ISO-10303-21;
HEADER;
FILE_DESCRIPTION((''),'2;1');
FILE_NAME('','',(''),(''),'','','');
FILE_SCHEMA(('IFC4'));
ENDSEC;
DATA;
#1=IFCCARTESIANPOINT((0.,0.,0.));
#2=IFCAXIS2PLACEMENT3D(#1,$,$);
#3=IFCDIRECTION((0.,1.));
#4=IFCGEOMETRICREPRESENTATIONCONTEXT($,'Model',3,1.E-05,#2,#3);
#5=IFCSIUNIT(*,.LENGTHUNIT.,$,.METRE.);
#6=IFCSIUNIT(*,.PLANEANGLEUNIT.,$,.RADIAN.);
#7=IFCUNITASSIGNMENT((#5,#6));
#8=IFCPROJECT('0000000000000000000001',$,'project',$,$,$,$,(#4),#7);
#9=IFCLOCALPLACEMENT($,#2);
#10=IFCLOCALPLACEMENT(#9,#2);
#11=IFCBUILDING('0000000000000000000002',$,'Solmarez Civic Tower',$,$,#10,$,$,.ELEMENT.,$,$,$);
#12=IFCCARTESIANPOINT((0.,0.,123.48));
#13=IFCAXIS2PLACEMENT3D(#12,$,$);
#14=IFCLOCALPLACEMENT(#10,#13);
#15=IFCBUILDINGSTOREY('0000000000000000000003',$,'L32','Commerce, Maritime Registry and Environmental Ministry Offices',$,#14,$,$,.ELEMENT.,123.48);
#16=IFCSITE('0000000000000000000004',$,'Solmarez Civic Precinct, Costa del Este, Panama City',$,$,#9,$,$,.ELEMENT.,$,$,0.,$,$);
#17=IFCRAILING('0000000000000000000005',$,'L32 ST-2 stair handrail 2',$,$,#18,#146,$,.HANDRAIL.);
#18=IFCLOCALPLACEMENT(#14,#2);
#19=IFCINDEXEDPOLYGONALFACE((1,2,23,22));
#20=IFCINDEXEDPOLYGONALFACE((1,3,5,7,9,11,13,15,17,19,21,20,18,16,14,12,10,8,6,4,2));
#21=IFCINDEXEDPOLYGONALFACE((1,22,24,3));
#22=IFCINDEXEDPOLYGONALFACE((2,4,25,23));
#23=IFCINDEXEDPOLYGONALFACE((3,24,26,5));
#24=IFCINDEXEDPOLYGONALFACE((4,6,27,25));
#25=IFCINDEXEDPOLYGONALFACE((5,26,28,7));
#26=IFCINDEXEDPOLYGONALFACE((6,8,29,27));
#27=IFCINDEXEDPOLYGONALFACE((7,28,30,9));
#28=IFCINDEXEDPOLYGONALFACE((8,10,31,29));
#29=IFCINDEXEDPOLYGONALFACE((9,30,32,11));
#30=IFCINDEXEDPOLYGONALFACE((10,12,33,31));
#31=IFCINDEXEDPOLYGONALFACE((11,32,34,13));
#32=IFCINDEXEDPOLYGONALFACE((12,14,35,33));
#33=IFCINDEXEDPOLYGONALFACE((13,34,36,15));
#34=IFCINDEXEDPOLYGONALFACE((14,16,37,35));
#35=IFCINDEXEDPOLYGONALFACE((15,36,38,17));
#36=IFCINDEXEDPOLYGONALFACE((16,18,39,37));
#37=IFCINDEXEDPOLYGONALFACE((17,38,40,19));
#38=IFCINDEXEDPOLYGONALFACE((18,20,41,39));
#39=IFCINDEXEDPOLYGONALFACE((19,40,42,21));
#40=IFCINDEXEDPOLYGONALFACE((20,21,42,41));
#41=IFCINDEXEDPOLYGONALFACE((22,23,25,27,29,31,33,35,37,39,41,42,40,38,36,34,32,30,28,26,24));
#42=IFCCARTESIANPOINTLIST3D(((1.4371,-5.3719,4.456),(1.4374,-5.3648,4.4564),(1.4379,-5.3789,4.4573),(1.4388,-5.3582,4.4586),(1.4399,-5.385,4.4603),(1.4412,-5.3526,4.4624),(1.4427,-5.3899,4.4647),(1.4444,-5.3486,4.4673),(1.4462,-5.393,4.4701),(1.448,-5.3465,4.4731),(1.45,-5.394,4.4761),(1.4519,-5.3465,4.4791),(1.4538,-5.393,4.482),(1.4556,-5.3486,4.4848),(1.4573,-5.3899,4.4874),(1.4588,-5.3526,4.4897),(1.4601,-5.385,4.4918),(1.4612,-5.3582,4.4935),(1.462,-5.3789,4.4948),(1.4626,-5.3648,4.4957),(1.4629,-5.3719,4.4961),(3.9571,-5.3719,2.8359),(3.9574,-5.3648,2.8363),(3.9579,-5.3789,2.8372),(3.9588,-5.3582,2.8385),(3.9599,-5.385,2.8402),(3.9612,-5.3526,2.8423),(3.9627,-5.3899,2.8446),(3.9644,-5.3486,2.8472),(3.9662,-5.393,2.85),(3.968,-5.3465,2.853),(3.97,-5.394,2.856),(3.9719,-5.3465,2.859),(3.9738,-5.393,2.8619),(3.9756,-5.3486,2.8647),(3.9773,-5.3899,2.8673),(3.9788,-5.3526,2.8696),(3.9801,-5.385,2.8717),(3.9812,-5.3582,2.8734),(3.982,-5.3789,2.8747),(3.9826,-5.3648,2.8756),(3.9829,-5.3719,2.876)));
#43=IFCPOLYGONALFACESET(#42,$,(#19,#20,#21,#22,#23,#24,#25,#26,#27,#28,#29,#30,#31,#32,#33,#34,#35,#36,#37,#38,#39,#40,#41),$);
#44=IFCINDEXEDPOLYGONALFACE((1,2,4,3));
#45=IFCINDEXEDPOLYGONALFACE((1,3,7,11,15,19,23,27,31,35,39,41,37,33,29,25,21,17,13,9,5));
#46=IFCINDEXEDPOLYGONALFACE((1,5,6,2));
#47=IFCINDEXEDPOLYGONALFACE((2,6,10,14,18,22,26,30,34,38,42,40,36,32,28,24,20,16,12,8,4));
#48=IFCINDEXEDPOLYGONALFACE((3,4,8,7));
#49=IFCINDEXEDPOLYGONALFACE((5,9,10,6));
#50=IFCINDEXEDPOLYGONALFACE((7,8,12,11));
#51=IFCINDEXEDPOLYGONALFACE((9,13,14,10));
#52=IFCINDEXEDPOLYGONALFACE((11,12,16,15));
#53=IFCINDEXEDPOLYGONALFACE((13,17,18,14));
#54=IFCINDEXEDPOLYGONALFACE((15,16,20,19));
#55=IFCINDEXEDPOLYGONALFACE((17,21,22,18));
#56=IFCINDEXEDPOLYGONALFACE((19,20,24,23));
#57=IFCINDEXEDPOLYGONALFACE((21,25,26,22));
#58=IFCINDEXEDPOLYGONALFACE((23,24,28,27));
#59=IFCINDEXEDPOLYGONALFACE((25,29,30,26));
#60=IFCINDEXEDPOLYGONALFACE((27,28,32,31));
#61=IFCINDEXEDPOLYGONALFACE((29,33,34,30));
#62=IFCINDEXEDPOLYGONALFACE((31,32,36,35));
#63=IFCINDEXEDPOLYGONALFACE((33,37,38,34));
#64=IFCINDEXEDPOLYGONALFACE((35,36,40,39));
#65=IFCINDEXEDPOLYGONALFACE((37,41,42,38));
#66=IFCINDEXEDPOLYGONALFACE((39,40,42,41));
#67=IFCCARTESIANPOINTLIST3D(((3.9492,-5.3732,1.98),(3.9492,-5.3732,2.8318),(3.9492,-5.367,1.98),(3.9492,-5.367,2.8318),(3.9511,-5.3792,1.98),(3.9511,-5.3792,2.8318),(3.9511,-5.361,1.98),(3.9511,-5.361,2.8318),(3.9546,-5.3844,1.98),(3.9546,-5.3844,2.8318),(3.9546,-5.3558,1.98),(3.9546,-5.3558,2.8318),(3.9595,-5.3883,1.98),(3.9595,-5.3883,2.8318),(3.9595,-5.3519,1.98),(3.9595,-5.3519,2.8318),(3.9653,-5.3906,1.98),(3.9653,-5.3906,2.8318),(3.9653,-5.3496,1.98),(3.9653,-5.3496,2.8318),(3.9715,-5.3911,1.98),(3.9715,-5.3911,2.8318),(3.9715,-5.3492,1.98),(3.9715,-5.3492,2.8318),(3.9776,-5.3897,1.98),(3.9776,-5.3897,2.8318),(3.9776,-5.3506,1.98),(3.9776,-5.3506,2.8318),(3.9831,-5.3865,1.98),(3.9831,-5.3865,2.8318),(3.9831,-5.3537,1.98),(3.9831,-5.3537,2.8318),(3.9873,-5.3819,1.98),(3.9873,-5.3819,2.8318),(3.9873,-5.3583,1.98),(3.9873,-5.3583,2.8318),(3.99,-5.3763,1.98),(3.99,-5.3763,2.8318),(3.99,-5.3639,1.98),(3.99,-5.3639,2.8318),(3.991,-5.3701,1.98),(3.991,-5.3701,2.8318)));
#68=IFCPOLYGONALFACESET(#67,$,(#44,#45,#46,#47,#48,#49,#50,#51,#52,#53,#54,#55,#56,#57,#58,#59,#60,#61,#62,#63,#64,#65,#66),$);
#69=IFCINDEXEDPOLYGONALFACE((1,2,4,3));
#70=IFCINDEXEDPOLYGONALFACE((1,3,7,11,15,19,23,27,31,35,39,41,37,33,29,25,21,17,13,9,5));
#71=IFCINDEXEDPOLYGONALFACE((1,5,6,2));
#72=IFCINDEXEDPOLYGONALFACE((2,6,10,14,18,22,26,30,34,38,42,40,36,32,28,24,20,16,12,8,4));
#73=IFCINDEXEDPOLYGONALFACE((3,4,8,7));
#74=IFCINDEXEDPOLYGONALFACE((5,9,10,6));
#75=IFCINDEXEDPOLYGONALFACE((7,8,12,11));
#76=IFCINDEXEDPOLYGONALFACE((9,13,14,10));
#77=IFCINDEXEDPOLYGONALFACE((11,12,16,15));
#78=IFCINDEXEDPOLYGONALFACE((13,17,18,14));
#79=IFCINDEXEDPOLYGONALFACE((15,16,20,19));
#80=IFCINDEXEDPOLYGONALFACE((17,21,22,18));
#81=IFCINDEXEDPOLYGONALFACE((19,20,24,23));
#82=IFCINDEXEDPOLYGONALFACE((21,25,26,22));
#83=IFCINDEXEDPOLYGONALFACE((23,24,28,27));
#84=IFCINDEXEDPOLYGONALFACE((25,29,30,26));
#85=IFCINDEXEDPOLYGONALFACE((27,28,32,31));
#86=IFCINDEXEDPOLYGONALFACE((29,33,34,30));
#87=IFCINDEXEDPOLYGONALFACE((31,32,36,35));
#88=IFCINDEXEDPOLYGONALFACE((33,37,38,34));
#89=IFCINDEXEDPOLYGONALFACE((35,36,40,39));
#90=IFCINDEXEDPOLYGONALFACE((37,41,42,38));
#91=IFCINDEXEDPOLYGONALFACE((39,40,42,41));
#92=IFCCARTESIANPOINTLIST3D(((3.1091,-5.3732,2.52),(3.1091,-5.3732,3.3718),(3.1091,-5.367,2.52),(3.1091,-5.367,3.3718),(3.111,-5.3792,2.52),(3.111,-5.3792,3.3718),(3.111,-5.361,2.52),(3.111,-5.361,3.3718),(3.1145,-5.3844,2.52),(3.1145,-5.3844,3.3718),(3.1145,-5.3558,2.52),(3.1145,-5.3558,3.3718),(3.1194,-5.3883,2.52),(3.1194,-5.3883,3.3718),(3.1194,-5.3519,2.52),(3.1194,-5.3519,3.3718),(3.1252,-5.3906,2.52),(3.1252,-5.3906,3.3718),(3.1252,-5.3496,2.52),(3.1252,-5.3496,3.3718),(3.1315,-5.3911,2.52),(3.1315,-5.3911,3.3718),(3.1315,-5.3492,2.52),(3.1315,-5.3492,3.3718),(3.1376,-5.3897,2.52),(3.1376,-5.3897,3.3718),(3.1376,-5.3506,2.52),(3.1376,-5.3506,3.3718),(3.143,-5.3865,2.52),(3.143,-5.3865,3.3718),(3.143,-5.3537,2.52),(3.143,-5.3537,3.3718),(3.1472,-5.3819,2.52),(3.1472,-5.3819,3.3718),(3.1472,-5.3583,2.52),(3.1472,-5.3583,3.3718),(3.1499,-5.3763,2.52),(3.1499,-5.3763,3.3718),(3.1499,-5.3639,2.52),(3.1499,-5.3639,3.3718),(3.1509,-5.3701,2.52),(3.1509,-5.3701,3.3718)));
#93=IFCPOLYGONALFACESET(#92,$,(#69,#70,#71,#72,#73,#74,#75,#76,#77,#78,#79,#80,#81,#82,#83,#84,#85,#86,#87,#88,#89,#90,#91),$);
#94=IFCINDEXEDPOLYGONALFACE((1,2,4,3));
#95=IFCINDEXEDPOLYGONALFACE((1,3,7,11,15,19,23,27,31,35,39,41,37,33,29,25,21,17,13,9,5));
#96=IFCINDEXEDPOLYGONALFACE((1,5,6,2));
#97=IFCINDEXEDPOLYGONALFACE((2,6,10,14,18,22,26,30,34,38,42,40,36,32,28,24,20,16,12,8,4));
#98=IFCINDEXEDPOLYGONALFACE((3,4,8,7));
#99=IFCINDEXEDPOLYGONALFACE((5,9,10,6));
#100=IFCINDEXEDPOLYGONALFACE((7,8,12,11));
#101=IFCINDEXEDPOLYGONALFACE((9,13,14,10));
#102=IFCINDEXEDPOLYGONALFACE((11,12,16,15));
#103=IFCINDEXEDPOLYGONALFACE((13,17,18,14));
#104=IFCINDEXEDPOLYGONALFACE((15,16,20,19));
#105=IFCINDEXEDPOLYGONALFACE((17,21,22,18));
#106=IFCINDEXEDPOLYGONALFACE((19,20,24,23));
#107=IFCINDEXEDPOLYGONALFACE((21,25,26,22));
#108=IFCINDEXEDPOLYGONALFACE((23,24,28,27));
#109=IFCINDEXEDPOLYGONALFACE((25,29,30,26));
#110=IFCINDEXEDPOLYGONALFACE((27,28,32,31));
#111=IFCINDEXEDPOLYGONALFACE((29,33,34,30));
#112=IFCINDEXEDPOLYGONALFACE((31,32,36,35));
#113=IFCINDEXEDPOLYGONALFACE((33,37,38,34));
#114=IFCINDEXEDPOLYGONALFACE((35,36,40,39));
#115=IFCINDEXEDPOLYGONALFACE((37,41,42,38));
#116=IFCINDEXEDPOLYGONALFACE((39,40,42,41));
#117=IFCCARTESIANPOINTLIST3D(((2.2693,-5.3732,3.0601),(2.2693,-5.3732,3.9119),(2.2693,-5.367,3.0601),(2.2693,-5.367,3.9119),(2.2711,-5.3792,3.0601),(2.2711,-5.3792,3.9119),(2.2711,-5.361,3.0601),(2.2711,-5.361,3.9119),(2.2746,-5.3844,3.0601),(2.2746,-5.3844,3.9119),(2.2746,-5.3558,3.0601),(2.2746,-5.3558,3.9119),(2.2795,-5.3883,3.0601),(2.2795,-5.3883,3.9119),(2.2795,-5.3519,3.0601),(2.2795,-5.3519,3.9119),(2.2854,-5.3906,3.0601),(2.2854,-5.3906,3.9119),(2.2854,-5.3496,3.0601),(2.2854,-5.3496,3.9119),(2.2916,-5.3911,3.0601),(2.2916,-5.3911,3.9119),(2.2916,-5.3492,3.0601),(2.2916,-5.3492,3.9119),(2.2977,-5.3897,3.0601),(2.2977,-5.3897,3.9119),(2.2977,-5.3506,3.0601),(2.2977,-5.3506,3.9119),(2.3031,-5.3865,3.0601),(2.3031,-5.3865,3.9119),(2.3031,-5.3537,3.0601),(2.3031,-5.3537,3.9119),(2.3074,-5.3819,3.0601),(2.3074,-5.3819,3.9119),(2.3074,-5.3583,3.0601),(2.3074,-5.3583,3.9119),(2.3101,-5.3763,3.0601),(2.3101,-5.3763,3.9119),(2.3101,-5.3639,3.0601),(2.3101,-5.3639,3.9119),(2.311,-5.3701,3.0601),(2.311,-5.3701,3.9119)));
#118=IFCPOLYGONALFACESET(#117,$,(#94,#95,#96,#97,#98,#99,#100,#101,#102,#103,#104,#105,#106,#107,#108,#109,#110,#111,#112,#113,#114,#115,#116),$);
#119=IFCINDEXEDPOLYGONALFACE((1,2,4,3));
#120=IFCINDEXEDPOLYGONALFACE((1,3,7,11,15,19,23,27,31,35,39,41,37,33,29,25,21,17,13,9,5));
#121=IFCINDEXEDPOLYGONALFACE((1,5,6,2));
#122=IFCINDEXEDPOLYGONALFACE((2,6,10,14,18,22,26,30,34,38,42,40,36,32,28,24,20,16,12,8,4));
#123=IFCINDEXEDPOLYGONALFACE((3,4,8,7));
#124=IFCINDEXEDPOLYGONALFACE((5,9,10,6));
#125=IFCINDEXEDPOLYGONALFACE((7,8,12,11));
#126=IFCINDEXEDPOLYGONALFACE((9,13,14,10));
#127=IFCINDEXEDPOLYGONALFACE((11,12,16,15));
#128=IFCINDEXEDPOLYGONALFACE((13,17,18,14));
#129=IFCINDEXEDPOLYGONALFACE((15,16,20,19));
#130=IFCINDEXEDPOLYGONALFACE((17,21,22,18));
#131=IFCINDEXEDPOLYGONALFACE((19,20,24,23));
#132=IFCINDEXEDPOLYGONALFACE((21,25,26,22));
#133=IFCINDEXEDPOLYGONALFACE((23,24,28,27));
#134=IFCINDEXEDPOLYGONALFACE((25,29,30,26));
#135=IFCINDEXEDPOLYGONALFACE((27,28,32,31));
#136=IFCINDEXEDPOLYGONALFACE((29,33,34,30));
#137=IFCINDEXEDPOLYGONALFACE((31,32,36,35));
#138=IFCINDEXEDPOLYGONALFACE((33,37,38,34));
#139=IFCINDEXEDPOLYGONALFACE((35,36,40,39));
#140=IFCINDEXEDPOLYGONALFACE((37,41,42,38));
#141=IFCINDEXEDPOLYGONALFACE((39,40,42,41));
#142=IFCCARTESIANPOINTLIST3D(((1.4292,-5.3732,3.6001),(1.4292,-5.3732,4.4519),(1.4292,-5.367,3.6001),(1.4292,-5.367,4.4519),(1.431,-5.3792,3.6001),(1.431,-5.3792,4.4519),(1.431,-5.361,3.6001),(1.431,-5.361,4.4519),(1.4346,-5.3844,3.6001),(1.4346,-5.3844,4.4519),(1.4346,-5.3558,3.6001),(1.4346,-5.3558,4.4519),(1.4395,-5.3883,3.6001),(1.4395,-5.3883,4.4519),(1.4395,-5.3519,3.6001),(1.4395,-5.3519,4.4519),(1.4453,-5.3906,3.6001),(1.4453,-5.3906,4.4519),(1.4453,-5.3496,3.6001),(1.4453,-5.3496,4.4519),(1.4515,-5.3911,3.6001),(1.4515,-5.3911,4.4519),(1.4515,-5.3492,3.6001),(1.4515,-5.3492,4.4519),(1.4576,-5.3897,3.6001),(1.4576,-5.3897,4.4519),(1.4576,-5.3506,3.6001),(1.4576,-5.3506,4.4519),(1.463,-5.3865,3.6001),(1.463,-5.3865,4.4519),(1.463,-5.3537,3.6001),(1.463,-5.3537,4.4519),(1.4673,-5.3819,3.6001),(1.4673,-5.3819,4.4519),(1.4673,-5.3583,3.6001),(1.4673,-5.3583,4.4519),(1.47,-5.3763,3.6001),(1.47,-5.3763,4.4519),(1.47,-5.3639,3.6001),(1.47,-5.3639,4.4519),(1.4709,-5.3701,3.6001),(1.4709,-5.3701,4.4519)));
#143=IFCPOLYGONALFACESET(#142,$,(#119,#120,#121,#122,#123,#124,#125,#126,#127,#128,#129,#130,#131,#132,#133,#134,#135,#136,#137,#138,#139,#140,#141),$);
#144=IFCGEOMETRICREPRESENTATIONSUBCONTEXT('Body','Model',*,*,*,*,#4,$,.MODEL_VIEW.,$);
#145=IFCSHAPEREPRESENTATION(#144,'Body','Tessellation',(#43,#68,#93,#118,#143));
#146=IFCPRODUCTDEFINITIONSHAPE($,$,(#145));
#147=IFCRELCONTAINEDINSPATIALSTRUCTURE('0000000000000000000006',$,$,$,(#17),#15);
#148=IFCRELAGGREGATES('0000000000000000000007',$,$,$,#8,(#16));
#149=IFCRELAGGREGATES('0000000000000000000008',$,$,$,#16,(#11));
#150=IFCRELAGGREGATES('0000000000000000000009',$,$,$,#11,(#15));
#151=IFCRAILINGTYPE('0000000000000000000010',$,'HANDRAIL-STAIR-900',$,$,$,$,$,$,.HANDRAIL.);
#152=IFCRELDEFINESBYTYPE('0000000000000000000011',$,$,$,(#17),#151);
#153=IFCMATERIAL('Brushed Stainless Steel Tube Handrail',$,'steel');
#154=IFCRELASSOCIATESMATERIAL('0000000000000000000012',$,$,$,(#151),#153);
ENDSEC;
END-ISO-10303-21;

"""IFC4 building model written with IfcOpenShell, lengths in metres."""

from ifc_helpers import new_model, si_unit, direction, frame, origin, origin_2d, place, context, subcontext, project, spatial, circle, extrude, material, type_object, element, save


model = new_model("IFC4")

# Units and contexts
model_context = context("Model", 3, precision=1e-05, world=origin(), true_north=direction((0.0, 1.0)))
body_context = subcontext(model_context, "Body", "Model", "MODEL_VIEW")
ifc_project = project(units=[si_unit("LENGTHUNIT", "METRE"), si_unit("PLANEANGLEUNIT", "RADIAN")], contexts=[model_context])

# Site, building, storey
site_placement = place(None, origin())
site = spatial("IfcSite", under=ifc_project, at=site_placement, Name="Solmarez Civic Precinct, Costa del Este, Panama City", CompositionType="ELEMENT", RefElevation=0.0)
building_placement = place(site_placement, origin())
building = spatial("IfcBuilding", under=site, at=building_placement, Name="Solmarez Civic Tower", CompositionType="ELEMENT")
storey_placement = place(building_placement, frame((0.0, 0.0, 123.48)))
storey = spatial("IfcBuildingStorey", under=building, at=storey_placement, Name="L32", Description="Commerce, Maritime Registry and Environmental Ministry Offices", CompositionType="ELEMENT", Elevation=123.48)

# Railing
ifc_material_1 = material(Name="Brushed Stainless Steel Tube Handrail", Category="steel")
railing_type_1 = type_object("IfcRailingType", Name="HANDRAIL-STAIR-900", PredefinedType="HANDRAIL", material=ifc_material_1)
railing_1_placement = place(storey_placement, frame((3.97, -5.3701, 1.98)))
element("IfcRailing", 1, at=railing_1_placement, inside=storey, type_object=railing_type_1, Name="L32 ST-2 stair handrail 2", PredefinedType="HANDRAIL", context=body_context, shape_type="SweptSolid", body=[
    extrude(circle(Radius=0.0239, at=origin_2d()), frame((0.0, 0.0, 0.876), z_axis=(-0.841163, 0.0, 0.540782), x_axis=(0.0, -1.0, 0.0)), (0.0, 0.0, 1.0), 2.9958),
    extrude(circle(Radius=0.021, at=origin_2d()), origin(), (0.0, 0.0, 1.0), 0.8518),
    extrude(circle(Radius=0.021, at=origin_2d()), frame((-0.8401, 0.0, 0.54)), (0.0, 0.0, 1.0), 0.8518),
    extrude(circle(Radius=0.021, at=origin_2d()), frame((-1.6799, 0.0, 1.0801)), (0.0, 0.0, 1.0), 0.8518),
    extrude(circle(Radius=0.021, at=origin_2d()), frame((-2.52, 0.0, 1.6201)), (0.0, 0.0, 1.0), 0.8518),
])

save(model, "model.ifc")
